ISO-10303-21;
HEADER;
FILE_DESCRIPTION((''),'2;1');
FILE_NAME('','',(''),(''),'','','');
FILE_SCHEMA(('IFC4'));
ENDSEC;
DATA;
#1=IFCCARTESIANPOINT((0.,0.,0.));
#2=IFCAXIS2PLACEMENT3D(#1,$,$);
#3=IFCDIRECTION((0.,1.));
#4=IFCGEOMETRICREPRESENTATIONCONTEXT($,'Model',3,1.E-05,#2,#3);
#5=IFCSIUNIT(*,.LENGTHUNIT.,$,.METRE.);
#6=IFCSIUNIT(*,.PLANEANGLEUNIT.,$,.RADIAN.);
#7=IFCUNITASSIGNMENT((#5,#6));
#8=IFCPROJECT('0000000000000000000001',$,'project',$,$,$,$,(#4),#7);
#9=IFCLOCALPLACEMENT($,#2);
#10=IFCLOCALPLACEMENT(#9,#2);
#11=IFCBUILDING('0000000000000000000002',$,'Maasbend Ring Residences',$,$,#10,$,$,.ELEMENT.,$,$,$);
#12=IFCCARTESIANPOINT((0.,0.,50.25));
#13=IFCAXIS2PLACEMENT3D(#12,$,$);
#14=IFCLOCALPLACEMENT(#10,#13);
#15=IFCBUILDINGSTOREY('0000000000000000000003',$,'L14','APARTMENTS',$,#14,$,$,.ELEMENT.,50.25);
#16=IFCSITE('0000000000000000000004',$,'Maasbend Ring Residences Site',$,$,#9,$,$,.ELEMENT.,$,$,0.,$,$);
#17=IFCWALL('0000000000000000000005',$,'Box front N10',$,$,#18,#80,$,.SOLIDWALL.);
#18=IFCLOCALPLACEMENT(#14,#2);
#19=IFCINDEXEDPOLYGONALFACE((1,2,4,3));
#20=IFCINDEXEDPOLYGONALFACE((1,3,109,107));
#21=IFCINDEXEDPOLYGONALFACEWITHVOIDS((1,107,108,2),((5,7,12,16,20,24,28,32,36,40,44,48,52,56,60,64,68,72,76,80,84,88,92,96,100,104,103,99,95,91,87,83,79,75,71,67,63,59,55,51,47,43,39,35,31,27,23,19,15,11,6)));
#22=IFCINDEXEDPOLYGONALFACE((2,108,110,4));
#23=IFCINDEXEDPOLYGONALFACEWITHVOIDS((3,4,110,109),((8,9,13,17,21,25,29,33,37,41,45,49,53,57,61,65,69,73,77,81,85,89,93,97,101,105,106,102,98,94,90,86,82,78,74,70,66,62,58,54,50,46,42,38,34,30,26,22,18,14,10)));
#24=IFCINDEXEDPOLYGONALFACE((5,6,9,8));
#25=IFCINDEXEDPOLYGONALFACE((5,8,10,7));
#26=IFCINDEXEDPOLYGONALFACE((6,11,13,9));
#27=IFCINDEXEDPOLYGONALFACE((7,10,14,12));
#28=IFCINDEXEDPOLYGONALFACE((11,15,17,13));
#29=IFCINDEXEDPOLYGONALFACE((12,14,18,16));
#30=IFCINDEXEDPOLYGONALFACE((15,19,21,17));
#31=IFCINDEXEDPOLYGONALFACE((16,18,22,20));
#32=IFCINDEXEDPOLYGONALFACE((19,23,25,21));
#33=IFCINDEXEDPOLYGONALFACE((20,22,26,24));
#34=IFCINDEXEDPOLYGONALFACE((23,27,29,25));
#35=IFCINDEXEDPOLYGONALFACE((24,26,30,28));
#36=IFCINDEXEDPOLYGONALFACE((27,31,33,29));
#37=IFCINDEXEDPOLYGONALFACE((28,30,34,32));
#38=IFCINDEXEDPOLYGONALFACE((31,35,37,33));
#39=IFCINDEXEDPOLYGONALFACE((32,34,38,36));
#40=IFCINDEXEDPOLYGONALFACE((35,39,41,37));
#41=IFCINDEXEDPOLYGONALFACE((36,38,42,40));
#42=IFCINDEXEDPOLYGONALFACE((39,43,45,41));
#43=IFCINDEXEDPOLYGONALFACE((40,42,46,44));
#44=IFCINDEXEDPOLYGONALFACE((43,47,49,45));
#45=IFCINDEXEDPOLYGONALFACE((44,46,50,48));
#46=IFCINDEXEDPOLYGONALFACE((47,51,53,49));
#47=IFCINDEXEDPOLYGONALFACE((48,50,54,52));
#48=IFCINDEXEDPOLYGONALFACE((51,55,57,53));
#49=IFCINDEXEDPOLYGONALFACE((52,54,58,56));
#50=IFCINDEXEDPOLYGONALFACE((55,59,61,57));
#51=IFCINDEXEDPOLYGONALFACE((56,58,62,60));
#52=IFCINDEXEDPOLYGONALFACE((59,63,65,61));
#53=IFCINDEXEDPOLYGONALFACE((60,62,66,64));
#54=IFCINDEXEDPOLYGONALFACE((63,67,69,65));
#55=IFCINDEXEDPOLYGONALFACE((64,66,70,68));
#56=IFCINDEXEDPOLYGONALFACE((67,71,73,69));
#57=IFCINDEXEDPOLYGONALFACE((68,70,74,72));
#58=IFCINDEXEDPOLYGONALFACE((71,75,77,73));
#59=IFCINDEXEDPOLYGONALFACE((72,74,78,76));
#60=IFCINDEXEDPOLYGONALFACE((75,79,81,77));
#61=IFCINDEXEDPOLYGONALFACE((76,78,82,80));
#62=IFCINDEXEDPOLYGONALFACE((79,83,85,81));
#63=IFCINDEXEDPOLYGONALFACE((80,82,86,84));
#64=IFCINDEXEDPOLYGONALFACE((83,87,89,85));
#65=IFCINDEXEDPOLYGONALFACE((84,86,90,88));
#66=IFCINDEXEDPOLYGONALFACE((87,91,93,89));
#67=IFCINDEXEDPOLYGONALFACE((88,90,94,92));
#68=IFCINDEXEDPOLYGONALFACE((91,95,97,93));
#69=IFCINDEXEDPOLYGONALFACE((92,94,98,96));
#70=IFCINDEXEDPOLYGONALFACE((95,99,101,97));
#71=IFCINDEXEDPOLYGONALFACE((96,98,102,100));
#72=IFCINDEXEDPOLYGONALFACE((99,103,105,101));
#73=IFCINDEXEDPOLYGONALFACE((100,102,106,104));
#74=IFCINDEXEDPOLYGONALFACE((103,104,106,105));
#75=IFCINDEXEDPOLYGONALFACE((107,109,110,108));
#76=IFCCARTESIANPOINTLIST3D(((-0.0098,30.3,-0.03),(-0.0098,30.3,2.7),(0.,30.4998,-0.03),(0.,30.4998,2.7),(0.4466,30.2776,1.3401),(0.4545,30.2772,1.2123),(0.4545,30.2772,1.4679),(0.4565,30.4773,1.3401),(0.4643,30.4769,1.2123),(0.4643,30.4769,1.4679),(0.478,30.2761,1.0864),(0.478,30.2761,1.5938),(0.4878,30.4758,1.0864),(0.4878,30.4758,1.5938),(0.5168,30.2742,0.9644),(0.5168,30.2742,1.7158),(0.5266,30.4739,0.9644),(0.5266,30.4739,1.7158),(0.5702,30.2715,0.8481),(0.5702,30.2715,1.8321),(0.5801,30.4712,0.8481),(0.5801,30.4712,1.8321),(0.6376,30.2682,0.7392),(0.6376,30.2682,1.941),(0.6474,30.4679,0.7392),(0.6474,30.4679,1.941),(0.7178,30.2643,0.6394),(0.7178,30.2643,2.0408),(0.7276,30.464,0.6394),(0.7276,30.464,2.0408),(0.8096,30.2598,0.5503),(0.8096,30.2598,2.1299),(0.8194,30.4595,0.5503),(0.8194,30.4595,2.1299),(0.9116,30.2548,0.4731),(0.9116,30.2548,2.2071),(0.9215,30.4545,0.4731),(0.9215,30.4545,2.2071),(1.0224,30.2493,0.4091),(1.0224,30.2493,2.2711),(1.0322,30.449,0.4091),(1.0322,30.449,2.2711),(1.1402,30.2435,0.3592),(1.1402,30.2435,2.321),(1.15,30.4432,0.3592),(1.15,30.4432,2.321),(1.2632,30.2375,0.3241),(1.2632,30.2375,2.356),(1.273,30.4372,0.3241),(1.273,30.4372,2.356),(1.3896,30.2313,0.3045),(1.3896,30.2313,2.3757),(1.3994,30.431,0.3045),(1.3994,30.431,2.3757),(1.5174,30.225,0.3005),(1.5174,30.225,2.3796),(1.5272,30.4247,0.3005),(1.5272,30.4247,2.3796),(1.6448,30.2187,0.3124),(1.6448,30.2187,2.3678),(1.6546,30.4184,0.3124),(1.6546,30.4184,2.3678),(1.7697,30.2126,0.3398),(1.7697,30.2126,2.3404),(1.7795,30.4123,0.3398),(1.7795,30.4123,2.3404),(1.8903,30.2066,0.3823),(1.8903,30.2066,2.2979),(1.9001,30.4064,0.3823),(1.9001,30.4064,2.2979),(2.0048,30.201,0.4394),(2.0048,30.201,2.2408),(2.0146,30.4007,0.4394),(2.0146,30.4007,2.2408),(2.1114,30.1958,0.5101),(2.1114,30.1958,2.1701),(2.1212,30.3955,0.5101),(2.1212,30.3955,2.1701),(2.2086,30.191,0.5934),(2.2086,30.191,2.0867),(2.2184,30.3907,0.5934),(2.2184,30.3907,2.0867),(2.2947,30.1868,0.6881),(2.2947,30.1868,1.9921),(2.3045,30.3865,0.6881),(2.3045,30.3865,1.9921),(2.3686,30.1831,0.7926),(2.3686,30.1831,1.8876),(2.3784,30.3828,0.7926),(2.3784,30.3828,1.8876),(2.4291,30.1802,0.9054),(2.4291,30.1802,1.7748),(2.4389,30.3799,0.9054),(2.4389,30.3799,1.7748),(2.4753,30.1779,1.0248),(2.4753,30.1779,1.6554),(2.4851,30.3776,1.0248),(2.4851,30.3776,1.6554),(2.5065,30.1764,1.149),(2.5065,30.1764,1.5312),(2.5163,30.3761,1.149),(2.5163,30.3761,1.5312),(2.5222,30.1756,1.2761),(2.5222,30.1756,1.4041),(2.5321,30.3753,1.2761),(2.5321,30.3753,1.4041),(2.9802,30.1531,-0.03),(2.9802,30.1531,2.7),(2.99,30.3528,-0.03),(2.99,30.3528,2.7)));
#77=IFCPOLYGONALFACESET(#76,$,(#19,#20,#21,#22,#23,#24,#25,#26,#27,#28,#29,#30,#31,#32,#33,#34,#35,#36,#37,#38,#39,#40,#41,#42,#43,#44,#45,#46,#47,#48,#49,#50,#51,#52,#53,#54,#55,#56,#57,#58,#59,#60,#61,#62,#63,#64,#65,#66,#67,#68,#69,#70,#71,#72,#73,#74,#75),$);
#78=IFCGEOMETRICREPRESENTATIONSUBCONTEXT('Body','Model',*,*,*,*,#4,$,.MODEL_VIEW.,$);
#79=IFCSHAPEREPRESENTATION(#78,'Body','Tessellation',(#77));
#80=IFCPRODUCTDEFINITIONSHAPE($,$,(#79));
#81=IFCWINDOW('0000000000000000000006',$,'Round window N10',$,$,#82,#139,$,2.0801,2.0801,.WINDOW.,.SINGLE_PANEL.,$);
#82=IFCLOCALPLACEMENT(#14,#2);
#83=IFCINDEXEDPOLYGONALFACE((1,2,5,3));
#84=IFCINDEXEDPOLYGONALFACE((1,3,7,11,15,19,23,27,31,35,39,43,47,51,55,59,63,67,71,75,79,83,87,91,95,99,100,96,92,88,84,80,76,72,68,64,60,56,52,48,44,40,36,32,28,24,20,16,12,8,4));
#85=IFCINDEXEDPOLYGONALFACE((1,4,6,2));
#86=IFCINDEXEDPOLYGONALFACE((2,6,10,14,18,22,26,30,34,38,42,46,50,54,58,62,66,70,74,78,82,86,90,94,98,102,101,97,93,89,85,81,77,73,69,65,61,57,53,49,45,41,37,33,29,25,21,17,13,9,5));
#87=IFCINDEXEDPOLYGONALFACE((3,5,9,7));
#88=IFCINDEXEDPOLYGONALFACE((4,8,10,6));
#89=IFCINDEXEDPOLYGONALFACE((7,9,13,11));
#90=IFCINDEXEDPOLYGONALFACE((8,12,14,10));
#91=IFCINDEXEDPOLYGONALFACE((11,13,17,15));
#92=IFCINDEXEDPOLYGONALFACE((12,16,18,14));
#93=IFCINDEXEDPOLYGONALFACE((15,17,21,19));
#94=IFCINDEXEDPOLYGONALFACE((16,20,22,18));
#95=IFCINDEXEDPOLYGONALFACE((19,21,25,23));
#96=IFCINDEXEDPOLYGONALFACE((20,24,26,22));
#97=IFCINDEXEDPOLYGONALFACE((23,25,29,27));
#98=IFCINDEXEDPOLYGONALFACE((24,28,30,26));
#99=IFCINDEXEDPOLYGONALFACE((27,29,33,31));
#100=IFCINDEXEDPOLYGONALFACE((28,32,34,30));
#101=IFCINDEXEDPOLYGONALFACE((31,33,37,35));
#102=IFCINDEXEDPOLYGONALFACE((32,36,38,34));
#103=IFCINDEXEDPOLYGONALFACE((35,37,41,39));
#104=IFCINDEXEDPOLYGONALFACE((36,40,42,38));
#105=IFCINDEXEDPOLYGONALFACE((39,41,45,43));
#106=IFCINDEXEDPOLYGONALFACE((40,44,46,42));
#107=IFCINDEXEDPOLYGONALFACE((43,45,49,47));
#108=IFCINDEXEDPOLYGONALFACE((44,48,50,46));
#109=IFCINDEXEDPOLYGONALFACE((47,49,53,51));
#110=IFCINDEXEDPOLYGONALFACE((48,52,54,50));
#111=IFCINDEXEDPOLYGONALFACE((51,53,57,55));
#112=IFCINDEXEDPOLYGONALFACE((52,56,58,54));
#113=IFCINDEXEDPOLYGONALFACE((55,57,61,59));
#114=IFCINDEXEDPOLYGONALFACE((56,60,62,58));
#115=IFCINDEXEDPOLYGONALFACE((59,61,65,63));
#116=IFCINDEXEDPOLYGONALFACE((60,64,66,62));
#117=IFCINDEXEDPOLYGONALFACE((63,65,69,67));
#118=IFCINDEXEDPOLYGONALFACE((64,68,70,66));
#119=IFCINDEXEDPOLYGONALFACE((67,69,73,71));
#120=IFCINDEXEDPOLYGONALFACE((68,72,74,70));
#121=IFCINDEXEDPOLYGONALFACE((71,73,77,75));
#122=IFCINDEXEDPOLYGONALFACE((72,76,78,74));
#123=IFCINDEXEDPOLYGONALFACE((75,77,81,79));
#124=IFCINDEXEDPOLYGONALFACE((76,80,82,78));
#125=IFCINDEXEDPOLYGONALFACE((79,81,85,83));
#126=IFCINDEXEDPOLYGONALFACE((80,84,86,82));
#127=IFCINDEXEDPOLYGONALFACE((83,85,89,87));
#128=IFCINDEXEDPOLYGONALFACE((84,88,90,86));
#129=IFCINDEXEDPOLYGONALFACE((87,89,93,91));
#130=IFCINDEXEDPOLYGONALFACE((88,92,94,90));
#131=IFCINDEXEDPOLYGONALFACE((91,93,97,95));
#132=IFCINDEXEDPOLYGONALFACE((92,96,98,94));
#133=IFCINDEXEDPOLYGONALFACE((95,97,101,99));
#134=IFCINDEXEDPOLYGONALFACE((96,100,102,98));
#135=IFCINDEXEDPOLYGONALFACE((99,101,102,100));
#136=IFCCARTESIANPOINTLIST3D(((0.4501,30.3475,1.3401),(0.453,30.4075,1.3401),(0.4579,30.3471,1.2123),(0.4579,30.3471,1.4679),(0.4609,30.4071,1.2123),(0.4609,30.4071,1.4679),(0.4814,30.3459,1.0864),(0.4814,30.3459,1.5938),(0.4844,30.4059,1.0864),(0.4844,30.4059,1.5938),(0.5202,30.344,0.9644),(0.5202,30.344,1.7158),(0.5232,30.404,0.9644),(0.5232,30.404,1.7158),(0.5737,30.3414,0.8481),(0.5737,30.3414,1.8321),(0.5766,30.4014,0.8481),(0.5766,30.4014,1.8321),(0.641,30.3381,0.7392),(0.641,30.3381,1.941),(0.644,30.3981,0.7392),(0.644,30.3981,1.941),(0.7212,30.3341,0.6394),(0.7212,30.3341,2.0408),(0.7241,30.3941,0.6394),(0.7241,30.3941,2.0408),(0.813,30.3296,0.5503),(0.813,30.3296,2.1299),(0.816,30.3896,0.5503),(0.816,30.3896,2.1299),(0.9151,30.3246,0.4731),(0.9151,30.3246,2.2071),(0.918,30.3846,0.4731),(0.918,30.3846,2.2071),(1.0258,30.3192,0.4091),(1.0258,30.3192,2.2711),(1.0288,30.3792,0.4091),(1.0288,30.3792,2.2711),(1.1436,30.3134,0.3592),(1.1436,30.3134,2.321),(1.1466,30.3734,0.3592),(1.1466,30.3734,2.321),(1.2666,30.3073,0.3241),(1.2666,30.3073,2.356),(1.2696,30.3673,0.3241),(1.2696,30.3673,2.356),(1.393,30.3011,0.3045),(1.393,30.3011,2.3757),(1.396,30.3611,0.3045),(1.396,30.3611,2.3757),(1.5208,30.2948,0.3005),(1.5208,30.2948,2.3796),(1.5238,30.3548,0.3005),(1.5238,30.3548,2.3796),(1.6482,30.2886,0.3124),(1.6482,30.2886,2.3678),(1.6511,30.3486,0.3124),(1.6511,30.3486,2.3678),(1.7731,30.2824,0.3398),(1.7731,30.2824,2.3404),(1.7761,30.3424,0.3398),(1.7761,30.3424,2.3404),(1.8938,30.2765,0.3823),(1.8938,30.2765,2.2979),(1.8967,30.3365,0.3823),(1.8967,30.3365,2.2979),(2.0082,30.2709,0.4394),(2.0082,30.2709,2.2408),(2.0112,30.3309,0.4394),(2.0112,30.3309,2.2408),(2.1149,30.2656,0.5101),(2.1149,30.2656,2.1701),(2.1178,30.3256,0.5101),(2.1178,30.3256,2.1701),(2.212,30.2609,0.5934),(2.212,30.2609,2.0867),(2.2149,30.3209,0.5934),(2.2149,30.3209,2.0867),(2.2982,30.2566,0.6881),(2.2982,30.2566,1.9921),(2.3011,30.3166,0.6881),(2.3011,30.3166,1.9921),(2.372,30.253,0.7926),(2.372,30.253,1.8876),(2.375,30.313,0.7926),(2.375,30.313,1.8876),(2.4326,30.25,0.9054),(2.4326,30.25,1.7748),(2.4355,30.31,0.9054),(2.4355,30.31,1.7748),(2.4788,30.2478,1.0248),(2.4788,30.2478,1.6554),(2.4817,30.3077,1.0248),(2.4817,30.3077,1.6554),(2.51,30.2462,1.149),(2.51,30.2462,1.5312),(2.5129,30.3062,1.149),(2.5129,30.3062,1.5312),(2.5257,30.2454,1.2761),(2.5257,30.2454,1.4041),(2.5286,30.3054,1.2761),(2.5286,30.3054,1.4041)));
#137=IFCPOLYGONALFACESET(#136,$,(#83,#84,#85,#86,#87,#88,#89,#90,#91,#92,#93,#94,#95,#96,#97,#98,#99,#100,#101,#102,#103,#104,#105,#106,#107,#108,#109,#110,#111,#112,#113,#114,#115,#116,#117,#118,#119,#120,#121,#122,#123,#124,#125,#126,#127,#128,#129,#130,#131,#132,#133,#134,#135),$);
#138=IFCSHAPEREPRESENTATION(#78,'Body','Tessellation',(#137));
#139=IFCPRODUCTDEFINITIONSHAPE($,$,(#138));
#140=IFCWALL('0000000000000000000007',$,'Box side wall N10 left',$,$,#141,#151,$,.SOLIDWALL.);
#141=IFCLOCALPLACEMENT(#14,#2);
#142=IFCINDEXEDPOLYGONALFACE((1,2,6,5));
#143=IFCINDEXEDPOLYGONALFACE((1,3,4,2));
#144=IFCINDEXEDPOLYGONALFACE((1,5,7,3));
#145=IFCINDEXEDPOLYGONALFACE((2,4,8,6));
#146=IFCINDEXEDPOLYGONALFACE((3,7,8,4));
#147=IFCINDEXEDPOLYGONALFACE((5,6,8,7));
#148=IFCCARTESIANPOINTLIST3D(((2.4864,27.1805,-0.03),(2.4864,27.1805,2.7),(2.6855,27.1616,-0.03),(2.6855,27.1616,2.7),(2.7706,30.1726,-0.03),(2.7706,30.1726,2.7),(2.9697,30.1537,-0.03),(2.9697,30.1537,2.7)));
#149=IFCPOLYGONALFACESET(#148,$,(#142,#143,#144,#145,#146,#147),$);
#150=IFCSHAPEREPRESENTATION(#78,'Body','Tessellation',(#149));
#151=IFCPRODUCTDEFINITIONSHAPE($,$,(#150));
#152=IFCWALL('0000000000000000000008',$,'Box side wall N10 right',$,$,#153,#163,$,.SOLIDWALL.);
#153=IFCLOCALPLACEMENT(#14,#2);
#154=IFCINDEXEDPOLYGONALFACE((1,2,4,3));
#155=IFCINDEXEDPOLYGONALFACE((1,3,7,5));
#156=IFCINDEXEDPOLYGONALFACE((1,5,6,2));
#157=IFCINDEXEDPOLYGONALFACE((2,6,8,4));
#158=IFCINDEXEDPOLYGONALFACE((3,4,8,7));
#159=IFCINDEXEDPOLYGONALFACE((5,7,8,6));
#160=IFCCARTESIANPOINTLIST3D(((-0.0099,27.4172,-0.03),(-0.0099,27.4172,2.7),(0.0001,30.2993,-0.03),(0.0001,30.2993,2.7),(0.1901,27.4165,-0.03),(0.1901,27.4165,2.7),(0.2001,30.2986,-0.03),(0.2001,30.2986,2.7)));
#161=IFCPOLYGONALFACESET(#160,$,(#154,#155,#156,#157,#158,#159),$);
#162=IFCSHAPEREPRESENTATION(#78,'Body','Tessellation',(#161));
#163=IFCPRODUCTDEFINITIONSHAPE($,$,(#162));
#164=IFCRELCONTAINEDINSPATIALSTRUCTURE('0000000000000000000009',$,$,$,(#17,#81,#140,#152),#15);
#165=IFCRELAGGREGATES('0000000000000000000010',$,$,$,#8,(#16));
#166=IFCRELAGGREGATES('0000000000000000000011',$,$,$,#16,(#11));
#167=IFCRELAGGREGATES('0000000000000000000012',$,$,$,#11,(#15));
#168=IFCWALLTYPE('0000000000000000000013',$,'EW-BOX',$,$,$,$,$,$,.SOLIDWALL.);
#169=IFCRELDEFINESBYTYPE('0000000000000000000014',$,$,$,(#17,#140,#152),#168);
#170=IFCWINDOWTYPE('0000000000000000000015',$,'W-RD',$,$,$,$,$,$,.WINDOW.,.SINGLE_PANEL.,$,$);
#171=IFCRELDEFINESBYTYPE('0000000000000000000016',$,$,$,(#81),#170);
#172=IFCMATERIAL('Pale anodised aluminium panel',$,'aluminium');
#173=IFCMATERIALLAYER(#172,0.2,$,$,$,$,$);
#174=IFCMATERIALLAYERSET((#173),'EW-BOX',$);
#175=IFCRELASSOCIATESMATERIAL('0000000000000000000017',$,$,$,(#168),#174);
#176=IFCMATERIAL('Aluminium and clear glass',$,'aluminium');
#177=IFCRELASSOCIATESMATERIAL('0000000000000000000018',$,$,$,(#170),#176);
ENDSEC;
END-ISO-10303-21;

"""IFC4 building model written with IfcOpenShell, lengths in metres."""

from ifc_helpers import new_model, si_unit, direction, frame, frame_2d, origin, place, context, subcontext, project, spatial, rectangle, circle, extrude, material, layer, layer_set, type_object, element, fill, save


model = new_model("IFC4")

# Units and contexts
model_context = context("Model", 3, precision=1e-05, world=origin(), true_north=direction((0.0, 1.0)))
body_context = subcontext(model_context, "Body", "Model", "MODEL_VIEW")
ifc_project = project(units=[si_unit("LENGTHUNIT", "METRE"), si_unit("PLANEANGLEUNIT", "RADIAN")], contexts=[model_context])

# Site, building, storey
site_placement = place(None, origin())
site = spatial("IfcSite", under=ifc_project, at=site_placement, Name="Maasbend Ring Residences Site", CompositionType="ELEMENT", RefElevation=0.0)
building_placement = place(site_placement, origin())
building = spatial("IfcBuilding", under=site, at=building_placement, Name="Maasbend Ring Residences", CompositionType="ELEMENT")
storey_placement = place(building_placement, frame((0.0, 0.0, 50.25)))
storey = spatial("IfcBuildingStorey", under=building, at=storey_placement, Name="L14", Description="APARTMENTS", CompositionType="ELEMENT", Elevation=50.25)

# Shared definitions
ifc_material_1 = material(Name="Pale anodised aluminium panel", Category="aluminium")
ifc_layer_1 = layer(ifc_material_1, 0.2)
ifc_layer_set_1 = layer_set([ifc_layer_1], Name="EW-BOX")
wall_type_1 = type_object("IfcWallType", Name="EW-BOX", PredefinedType="SOLIDWALL", material=ifc_layer_set_1)
ifc_material_2 = material(Name="Aluminium and clear glass", Category="aluminium")
window_type_1 = type_object("IfcWindowType", Name="W-RD", PartitioningType="SINGLE_PANEL", PredefinedType="WINDOW", material=ifc_material_2)

# Wall, opening, window
wall_1_placement = place(storey_placement, frame((2.9851, 30.2529, -0.03), z_axis=(0.0, 0.0, 1.0), x_axis=(-0.998794, 0.049096, 0.0)))
wall_1 = element("IfcWall", 1, at=wall_1_placement, inside=storey, type_object=wall_type_1, Name="Box front N10", PredefinedType="SOLIDWALL", context=body_context, shape_type="SweptSolid", body=[
    extrude(rectangle(XDim=2.9937, YDim=0.2, at=frame_2d((1.4968, 0.0))), origin(), (0.0, 0.0, 1.0), 2.73),
])
opening_1_placement = place(wall_1_placement, frame((0.4565, 0.0, 0.3301)))
opening_1 = element("IfcOpeningElement", 2, at=opening_1_placement, cuts=wall_1, PredefinedType="OPENING", context=body_context, shape_type="SweptSolid", body=[
    extrude(circle(Radius=1.04, at=frame_2d((1.04, 1.04))), frame((0.0, 0.1099, 0.0), z_axis=(0.0, -1.0, 0.0), x_axis=(1.0, 0.0, 0.0)), (0.0, 0.0, 1.0), 0.22),
])
window_1_placement = place(opening_1_placement, origin())
window_1 = element("IfcWindow", 3, at=window_1_placement, inside=storey, type_object=window_type_1, Name="Round window N10", OverallHeight=2.0801, OverallWidth=2.0801, PartitioningType="SINGLE_PANEL", PredefinedType="WINDOW", context=body_context, shape_type="SweptSolid", body=[
    extrude(circle(Radius=1.04, at=frame_2d((1.04, 1.04))), frame((0.0, 0.03, 0.0), z_axis=(0.0, -1.0, 0.0), x_axis=(1.0, 0.0, 0.0)), (0.0, 0.0, 1.0), 0.0601),
])
fill(opening_1, window_1)

# Walls
wall_2_placement = place(storey_placement, frame((2.5859, 27.1709, -0.03), z_axis=(0.0, 0.0, 1.0), x_axis=(0.094548, 0.99552, 0.0)))
element("IfcWall", 4, at=wall_2_placement, inside=storey, type_object=wall_type_1, Name="Box side wall N10 left", PredefinedType="SOLIDWALL", context=body_context, shape_type="SweptSolid", body=[
    extrude(rectangle(XDim=3.0056, YDim=0.2, at=frame_2d((1.5029, 0.0))), origin(), (0.0, 0.0, 1.0), 2.73),
])
wall_3_placement = place(storey_placement, frame((0.0901, 27.417, -0.03), z_axis=(0.0, 0.0, 1.0), x_axis=(0.003473, 0.999994, 0.0)))
element("IfcWall", 5, at=wall_3_placement, inside=storey, type_object=wall_type_1, Name="Box side wall N10 right", PredefinedType="SOLIDWALL", context=body_context, shape_type="SweptSolid", body=[
    extrude(rectangle(XDim=2.8821, YDim=0.2, at=frame_2d((1.4409, 0.0))), origin(), (0.0, 0.0, 1.0), 2.73),
])

save(model, "model.ifc")
